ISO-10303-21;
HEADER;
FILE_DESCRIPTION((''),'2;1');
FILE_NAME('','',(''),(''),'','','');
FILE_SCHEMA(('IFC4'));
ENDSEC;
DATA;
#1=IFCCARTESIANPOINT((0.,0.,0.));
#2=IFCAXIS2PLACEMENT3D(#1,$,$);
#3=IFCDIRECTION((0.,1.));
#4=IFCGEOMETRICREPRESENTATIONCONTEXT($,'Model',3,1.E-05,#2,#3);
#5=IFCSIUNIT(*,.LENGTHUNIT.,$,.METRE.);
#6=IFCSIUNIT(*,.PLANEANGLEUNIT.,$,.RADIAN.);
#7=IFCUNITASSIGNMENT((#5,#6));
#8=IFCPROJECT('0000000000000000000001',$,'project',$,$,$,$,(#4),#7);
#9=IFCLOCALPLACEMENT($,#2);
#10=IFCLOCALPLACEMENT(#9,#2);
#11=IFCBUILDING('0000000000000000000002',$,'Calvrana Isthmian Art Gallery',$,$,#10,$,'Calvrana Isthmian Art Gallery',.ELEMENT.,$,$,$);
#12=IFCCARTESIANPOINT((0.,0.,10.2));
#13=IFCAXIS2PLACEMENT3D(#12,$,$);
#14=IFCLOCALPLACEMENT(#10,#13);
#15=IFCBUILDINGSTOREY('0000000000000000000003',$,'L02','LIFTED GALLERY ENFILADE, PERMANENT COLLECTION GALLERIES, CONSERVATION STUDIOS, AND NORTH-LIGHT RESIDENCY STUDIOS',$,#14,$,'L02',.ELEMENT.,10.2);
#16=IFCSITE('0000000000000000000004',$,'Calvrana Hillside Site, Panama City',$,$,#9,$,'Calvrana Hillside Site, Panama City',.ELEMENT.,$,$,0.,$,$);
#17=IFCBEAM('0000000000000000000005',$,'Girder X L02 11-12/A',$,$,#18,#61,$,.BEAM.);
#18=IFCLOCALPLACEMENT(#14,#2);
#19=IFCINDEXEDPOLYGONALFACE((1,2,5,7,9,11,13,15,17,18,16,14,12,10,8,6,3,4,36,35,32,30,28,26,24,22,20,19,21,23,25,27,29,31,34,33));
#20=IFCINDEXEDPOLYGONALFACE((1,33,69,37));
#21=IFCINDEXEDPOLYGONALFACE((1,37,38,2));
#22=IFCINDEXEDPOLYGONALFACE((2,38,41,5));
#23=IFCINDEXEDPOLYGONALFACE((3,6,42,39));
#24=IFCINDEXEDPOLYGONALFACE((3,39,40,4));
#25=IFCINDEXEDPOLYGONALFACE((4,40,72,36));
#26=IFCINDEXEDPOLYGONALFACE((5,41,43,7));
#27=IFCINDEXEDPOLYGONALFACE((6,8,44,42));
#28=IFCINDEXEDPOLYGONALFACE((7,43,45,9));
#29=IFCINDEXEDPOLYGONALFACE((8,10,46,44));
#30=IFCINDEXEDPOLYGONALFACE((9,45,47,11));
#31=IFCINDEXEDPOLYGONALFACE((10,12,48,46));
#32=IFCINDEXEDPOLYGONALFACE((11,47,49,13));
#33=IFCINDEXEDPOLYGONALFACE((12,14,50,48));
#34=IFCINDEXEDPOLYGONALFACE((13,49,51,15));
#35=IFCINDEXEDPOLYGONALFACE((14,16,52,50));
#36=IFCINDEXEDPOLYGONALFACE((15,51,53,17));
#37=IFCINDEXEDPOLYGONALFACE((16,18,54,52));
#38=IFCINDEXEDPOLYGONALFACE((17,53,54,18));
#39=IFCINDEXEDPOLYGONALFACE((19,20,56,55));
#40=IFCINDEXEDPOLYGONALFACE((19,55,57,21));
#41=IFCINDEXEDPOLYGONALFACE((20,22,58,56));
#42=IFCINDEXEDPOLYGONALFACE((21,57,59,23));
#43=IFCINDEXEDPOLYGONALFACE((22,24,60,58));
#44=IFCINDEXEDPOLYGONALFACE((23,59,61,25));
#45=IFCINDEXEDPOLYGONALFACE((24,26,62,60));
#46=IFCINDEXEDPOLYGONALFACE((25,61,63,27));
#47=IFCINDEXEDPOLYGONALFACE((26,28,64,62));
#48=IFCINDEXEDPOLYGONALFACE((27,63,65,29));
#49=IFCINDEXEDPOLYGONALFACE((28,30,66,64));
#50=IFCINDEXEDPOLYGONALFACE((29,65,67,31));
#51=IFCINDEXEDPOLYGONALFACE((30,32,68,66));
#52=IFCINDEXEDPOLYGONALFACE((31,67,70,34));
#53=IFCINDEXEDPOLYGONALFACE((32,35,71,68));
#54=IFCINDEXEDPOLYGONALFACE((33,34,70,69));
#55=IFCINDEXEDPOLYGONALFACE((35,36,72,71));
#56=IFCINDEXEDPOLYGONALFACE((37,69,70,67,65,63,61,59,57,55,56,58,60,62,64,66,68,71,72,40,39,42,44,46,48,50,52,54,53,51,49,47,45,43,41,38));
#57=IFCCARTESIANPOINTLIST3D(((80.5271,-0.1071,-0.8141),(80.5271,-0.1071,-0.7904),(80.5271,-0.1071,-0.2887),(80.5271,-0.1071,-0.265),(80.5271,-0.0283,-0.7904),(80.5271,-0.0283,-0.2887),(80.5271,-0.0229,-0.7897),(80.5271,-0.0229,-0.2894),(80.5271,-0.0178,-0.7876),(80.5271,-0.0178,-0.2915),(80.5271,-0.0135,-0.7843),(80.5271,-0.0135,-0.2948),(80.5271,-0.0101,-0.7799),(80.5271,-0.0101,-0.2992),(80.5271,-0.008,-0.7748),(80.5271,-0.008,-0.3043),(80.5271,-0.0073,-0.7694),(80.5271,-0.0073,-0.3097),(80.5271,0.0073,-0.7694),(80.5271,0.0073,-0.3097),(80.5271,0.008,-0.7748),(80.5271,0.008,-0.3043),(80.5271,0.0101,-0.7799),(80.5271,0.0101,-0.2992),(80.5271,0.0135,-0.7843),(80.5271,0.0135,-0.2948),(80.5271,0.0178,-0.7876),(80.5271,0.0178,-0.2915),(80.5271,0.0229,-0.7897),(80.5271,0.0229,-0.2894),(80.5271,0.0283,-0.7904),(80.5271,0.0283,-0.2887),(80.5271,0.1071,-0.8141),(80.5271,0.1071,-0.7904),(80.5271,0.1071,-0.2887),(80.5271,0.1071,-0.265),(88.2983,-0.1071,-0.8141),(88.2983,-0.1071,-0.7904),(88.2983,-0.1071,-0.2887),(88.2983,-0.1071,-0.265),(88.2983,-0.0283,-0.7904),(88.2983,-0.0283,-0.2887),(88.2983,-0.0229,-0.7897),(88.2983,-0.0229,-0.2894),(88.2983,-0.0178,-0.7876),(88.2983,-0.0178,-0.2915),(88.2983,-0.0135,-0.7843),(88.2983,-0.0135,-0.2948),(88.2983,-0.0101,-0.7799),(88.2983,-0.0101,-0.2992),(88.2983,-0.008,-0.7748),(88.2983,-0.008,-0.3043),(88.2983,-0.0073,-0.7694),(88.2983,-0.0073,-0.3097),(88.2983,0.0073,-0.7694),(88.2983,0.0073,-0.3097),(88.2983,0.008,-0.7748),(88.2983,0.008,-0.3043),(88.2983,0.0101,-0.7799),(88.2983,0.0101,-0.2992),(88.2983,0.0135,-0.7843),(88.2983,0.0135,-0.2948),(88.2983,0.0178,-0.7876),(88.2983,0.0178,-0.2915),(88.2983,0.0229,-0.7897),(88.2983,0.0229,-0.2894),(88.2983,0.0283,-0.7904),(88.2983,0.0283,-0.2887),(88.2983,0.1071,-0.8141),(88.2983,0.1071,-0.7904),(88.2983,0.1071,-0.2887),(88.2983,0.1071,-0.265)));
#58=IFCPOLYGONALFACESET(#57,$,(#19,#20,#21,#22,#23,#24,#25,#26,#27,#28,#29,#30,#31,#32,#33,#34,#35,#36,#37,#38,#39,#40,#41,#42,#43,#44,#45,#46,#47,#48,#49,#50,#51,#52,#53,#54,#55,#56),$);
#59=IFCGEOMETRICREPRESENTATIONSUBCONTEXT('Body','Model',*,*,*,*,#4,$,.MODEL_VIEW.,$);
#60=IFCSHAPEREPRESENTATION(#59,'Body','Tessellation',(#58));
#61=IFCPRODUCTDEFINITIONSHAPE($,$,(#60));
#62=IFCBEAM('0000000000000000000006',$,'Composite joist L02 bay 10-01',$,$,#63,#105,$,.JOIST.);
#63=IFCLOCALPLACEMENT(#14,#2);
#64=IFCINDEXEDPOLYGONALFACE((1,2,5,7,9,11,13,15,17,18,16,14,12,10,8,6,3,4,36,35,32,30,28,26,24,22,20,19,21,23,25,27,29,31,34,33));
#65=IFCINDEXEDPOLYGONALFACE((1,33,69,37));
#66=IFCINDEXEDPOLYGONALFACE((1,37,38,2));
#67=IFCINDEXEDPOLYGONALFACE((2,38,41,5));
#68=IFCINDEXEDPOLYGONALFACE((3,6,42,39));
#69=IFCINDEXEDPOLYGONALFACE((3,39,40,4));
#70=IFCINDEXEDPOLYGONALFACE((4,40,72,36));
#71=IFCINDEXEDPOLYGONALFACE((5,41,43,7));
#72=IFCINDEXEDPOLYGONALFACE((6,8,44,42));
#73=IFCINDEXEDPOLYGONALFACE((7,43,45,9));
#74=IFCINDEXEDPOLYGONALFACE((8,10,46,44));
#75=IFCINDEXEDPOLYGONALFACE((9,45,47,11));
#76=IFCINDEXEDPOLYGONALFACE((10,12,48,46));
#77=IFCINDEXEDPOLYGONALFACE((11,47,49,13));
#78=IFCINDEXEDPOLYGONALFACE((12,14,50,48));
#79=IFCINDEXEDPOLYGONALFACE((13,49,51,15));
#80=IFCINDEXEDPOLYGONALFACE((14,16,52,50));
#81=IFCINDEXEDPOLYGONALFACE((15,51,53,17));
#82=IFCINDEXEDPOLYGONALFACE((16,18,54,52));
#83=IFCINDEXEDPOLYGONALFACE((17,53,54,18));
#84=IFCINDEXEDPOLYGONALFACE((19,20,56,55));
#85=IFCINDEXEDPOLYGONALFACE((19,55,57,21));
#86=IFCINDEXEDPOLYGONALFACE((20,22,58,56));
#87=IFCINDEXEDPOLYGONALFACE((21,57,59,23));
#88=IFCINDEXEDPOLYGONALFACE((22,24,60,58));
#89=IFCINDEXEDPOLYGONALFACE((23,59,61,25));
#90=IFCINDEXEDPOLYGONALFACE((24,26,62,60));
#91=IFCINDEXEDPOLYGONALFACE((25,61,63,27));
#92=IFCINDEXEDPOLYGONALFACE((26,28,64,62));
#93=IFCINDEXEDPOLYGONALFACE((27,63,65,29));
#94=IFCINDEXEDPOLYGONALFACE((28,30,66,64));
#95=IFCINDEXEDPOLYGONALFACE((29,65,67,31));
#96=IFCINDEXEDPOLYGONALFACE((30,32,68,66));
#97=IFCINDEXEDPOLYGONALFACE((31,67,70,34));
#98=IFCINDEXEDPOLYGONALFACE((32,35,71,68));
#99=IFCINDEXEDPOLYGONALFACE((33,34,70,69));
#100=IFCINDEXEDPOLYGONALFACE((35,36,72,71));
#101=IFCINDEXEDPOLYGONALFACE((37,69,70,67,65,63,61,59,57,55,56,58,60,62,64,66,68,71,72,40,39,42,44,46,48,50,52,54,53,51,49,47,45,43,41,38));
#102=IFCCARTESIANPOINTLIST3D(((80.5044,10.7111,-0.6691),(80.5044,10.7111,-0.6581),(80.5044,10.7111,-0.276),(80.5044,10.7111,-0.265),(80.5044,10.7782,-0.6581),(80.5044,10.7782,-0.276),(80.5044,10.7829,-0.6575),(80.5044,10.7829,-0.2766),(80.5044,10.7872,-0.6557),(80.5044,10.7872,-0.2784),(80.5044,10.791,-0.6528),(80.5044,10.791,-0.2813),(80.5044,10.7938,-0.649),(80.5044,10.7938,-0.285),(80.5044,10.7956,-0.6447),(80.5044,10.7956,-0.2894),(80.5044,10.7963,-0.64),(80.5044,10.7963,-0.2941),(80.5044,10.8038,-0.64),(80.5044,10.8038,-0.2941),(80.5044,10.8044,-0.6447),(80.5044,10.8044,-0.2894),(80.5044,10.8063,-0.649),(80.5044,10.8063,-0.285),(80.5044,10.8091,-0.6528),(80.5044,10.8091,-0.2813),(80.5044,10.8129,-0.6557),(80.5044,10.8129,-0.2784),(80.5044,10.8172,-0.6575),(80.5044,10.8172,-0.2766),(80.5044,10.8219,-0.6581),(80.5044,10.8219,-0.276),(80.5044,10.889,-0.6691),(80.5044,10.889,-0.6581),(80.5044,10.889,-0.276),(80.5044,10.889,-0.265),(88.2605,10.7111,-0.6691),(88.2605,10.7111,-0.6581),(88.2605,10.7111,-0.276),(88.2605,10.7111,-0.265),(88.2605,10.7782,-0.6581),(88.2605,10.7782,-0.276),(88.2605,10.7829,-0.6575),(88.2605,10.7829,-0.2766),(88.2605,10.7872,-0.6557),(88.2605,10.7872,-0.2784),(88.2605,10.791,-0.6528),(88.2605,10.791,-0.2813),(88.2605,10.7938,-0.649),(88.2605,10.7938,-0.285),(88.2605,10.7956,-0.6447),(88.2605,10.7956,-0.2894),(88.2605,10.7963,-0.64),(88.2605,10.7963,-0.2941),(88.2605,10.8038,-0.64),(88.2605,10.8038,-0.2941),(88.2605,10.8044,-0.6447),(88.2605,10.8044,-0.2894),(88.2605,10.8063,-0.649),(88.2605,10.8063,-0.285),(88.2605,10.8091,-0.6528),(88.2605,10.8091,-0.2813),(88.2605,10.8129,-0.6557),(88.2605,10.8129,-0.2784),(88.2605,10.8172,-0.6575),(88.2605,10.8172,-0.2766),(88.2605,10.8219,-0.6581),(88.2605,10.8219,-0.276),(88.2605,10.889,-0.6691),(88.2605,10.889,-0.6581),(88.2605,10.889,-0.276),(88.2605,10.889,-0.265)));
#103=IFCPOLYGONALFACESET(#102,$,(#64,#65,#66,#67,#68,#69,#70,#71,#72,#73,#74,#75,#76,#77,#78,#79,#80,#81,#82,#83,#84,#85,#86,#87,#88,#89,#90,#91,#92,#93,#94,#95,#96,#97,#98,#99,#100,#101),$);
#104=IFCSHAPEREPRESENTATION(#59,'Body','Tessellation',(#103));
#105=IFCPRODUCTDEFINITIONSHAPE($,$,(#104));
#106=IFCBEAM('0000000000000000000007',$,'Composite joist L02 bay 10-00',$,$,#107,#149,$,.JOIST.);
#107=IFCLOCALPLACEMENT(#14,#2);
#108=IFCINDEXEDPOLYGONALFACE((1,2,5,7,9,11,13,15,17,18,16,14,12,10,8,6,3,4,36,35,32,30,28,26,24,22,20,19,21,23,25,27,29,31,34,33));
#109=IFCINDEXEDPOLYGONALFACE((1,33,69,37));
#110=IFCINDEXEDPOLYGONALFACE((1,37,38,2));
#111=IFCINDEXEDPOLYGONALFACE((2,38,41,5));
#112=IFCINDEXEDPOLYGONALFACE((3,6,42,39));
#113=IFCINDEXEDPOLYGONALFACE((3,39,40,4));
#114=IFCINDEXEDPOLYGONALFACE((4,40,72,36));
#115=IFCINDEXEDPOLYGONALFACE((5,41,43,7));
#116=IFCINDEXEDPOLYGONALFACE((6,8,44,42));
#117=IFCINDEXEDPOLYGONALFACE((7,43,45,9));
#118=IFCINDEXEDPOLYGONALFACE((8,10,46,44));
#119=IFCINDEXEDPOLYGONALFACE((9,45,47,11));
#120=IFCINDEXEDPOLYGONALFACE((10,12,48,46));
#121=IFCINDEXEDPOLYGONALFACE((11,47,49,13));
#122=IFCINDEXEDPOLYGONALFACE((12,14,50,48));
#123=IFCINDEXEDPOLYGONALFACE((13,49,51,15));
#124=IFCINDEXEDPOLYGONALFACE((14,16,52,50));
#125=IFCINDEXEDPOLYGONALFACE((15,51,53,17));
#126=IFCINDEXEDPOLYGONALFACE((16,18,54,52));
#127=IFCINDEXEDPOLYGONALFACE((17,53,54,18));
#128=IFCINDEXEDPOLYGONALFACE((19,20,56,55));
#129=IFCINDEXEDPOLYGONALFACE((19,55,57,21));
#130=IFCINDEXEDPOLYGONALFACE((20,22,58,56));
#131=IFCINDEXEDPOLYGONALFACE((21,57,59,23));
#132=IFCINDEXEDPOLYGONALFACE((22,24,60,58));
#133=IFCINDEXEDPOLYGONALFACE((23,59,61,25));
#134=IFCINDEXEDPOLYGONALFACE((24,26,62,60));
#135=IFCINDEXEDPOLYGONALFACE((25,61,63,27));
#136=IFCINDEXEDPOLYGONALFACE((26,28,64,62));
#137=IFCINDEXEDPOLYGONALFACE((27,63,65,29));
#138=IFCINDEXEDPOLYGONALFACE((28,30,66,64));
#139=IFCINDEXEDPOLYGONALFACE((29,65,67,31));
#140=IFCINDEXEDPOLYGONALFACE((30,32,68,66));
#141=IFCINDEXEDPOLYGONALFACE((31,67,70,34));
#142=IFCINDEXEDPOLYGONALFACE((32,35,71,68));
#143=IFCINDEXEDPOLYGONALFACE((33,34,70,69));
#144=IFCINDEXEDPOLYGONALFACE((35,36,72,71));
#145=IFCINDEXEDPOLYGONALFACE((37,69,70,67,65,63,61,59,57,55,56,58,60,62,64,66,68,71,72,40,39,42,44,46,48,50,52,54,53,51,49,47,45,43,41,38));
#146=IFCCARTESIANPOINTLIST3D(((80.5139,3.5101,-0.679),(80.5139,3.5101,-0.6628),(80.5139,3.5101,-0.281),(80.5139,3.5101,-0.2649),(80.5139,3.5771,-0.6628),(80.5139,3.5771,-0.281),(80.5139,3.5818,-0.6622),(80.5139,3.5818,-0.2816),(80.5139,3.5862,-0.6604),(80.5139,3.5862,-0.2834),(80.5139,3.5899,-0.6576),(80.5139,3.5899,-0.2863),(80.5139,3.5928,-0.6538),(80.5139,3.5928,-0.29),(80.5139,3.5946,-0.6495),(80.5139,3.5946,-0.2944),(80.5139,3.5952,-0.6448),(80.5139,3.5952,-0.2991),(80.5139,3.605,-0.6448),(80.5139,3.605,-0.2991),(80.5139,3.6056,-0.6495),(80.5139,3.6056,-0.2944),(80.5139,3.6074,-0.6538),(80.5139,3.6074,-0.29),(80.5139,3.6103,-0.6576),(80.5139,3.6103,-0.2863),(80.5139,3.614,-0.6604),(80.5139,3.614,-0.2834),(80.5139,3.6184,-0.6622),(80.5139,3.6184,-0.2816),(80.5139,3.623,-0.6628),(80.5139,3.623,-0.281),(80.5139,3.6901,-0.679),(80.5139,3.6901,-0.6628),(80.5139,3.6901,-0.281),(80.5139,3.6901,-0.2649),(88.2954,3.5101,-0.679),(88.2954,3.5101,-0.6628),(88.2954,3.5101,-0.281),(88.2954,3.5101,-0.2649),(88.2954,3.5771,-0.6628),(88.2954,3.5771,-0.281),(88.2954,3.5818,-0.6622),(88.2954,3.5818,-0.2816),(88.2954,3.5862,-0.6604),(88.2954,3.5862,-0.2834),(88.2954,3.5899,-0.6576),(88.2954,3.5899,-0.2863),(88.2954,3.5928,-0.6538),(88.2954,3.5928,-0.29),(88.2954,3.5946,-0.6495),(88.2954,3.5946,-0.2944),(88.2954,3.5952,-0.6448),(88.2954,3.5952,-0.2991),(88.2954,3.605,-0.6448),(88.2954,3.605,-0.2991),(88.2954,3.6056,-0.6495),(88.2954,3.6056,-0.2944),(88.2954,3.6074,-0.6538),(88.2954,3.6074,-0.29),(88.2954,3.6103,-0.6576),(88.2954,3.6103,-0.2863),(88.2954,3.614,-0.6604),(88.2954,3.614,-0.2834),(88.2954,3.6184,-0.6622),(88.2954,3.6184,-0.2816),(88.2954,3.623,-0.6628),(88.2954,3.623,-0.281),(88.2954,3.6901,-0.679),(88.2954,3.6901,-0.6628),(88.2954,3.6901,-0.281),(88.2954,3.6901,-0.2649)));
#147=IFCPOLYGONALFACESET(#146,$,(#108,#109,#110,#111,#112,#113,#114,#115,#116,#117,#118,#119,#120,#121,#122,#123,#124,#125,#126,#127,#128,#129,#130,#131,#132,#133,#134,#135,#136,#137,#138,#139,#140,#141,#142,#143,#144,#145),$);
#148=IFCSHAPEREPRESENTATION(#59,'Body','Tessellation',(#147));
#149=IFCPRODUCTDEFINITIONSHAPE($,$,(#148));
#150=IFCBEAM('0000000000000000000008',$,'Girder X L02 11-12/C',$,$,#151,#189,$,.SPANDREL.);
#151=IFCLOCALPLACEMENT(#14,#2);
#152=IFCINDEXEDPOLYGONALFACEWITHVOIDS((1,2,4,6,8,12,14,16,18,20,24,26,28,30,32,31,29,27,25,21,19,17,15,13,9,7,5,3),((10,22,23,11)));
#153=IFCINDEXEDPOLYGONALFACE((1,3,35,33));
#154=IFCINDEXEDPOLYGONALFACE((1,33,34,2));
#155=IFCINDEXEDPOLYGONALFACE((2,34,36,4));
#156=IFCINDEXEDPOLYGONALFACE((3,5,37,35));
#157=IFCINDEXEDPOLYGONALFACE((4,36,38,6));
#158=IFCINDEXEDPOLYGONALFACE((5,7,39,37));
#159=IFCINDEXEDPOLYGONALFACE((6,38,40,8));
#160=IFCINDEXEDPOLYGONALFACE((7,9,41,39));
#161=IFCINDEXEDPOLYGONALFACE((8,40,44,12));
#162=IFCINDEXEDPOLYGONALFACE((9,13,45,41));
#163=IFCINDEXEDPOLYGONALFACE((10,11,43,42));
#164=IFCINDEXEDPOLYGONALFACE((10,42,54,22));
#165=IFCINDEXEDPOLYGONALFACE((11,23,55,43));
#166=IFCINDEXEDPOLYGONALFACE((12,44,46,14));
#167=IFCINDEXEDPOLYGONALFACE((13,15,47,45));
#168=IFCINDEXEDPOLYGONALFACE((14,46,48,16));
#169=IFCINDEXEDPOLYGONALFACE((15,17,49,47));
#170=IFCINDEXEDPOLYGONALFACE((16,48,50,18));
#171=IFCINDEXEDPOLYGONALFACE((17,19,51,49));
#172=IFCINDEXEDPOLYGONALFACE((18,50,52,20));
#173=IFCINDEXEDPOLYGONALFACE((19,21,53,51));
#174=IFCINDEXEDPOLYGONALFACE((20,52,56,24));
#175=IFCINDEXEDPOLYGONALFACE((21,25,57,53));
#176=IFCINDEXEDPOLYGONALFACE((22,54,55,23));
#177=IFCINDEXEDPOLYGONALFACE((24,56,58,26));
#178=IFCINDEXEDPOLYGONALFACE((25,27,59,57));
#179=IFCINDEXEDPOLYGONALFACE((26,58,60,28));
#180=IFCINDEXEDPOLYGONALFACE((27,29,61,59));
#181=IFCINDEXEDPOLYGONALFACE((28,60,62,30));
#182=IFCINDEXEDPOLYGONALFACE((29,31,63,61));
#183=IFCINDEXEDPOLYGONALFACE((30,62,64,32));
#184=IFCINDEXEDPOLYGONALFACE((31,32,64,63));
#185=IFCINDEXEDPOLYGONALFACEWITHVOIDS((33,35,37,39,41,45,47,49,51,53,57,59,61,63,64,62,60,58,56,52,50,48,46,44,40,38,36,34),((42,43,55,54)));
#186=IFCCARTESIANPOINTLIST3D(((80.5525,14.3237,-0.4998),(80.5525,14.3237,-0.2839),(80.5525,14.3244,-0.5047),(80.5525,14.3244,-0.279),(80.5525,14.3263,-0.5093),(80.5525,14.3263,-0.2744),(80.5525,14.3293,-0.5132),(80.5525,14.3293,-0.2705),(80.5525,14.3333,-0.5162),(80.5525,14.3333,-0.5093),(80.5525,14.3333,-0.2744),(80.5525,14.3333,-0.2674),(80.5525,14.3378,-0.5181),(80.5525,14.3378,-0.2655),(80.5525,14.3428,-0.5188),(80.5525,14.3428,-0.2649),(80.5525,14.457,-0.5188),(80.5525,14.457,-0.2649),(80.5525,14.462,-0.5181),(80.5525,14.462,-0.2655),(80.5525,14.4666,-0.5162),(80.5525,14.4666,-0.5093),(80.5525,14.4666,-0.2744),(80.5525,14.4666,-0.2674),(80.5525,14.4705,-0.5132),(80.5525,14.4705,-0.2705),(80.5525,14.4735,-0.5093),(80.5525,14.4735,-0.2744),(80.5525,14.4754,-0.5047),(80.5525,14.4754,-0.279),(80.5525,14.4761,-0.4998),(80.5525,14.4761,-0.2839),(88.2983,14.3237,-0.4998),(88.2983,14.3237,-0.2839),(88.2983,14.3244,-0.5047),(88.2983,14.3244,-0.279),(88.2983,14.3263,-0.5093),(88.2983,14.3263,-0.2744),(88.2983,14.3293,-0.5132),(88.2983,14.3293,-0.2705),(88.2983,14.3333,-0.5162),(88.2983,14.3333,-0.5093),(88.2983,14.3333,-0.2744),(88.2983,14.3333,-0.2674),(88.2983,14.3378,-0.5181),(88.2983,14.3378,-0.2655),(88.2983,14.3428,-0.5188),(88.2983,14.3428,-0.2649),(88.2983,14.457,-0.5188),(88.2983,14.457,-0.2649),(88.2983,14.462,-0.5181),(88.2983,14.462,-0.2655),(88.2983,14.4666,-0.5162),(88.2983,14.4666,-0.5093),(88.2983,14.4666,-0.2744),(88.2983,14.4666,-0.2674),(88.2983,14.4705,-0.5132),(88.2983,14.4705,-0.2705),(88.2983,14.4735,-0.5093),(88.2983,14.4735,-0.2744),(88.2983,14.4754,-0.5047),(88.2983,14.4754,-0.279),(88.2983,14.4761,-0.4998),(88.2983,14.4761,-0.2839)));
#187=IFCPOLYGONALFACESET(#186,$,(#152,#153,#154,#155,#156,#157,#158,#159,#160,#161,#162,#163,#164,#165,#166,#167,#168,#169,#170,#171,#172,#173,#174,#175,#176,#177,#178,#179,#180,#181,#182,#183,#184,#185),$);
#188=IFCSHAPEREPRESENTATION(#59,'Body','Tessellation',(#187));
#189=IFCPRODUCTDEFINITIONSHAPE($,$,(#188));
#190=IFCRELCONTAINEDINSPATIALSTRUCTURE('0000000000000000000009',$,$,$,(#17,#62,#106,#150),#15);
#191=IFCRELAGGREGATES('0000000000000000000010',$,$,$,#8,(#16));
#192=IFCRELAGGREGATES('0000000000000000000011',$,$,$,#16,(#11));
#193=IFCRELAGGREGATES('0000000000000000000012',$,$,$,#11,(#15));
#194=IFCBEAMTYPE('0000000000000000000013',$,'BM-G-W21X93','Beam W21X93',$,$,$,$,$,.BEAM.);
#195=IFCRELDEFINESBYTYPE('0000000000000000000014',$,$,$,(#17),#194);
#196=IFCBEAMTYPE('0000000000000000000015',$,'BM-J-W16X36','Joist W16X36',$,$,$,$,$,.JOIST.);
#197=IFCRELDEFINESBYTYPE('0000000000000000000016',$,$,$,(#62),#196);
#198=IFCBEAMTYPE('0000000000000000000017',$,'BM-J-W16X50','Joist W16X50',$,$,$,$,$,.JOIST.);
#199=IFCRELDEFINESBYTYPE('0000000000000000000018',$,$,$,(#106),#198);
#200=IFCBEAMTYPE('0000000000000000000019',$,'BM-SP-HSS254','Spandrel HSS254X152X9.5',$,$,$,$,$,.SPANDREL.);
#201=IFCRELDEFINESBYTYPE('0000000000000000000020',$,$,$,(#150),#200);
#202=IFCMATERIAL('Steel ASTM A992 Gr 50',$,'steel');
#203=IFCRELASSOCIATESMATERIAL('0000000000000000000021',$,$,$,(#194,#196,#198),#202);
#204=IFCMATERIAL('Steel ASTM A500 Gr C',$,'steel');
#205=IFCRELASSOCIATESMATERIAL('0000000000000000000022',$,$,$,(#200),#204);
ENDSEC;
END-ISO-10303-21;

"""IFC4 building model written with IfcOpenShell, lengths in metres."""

from ifc_helpers import new_model, si_unit, direction, frame, origin, origin_2d, place, context, subcontext, project, spatial, hollow_rectangle, i_section, extrude, material, material_profile, profile_set, type_object, element, save


model = new_model("IFC4")

# Units and contexts
model_context = context("Model", 3, precision=1e-05, world=origin(), true_north=direction((0.0, 1.0)))
body_context = subcontext(model_context, "Body", "Model", "MODEL_VIEW")
ifc_project = project(units=[si_unit("LENGTHUNIT", "METRE"), si_unit("PLANEANGLEUNIT", "RADIAN")], contexts=[model_context])

# Site, building, storey
site_placement = place(None, origin())
site = spatial("IfcSite", under=ifc_project, at=site_placement, Name="Calvrana Hillside Site, Panama City", LongName="Calvrana Hillside Site, Panama City", CompositionType="ELEMENT", RefElevation=0.0)
building_placement = place(site_placement, origin())
building = spatial("IfcBuilding", under=site, at=building_placement, Name="Calvrana Isthmian Art Gallery", LongName="Calvrana Isthmian Art Gallery", CompositionType="ELEMENT")
storey_placement = place(building_placement, frame((0.0, 0.0, 10.2)))
storey = spatial("IfcBuildingStorey", under=building, at=storey_placement, Name="L02", Description="LIFTED GALLERY ENFILADE, PERMANENT COLLECTION GALLERIES, CONSERVATION STUDIOS, AND NORTH-LIGHT RESIDENCY STUDIOS", LongName="L02", CompositionType="ELEMENT", Elevation=10.2)

# Beams
ifc_material_1 = material(Name="Steel ASTM A992 Gr 50", Category="steel")
ifc_material_profile_1 = material_profile(ifc_material_1, i_section(OverallWidth=0.2141, OverallDepth=0.5491, WebThickness=0.0146, FlangeThickness=0.0237, FilletRadius=0.021, at=origin_2d()), Name="W21X93")
ifc_profile_set_1 = profile_set([ifc_material_profile_1], Name="Steel ASTM A992 Gr 50")
beam_type_1 = type_object("IfcBeamType", Name="BM-G-W21X93", Description="Beam W21X93", PredefinedType="BEAM", material=ifc_profile_set_1)
beam_1_placement = place(storey_placement, frame((80.5271, 0.0, -0.5396), z_axis=(1.0, 0.0, 0.0), x_axis=(0.0, 1.0, 0.0)))
element("IfcBeam", 1, at=beam_1_placement, inside=storey, type_object=beam_type_1, Name="Girder X L02 11-12/A", PredefinedType="BEAM", context=body_context, shape_type="SweptSolid", body=[
    extrude(i_section(OverallWidth=0.2141, OverallDepth=0.5491, WebThickness=0.0146, FlangeThickness=0.0237, FilletRadius=0.021, at=origin_2d()), origin(), (0.0, 0.0, 1.0), 7.7712),
])
ifc_material_profile_2 = material_profile(ifc_material_1, i_section(OverallWidth=0.178, OverallDepth=0.4041, WebThickness=0.0076, FlangeThickness=0.011, FilletRadius=0.0181, at=origin_2d()), Name="W16X36")
ifc_profile_set_2 = profile_set([ifc_material_profile_2], Name="Steel ASTM A992 Gr 50")
beam_type_2 = type_object("IfcBeamType", Name="BM-J-W16X36", Description="Joist W16X36", PredefinedType="JOIST", material=ifc_profile_set_2)
beam_2_placement = place(storey_placement, frame((80.5044, 10.8, -0.467), z_axis=(1.0, 0.0, 0.0), x_axis=(0.0, 1.0, 0.0)))
element("IfcBeam", 2, at=beam_2_placement, inside=storey, type_object=beam_type_2, Name="Composite joist L02 bay 10-01", PredefinedType="JOIST", context=body_context, shape_type="SweptSolid", body=[
    extrude(i_section(OverallWidth=0.178, OverallDepth=0.4041, WebThickness=0.0076, FlangeThickness=0.011, FilletRadius=0.0181, at=origin_2d()), origin(), (0.0, 0.0, 1.0), 7.7561),
])
ifc_material_profile_3 = material_profile(ifc_material_1, i_section(OverallWidth=0.1799, OverallDepth=0.4141, WebThickness=0.0098, FlangeThickness=0.0161, FilletRadius=0.0181, at=origin_2d()), Name="W16X50")
ifc_profile_set_3 = profile_set([ifc_material_profile_3], Name="Steel ASTM A992 Gr 50")
beam_type_3 = type_object("IfcBeamType", Name="BM-J-W16X50", Description="Joist W16X50", PredefinedType="JOIST", material=ifc_profile_set_3)
beam_3_placement = place(storey_placement, frame((80.5139, 3.6001, -0.4719), z_axis=(1.0, 0.0, 0.0), x_axis=(0.0, 1.0, 0.0)))
element("IfcBeam", 3, at=beam_3_placement, inside=storey, type_object=beam_type_3, Name="Composite joist L02 bay 10-00", PredefinedType="JOIST", context=body_context, shape_type="SweptSolid", body=[
    extrude(i_section(OverallWidth=0.1799, OverallDepth=0.4141, WebThickness=0.0098, FlangeThickness=0.0161, FilletRadius=0.0181, at=origin_2d()), origin(), (0.0, 0.0, 1.0), 7.7815),
])
ifc_material_2 = material(Name="Steel ASTM A500 Gr C", Category="steel")
ifc_material_profile_4 = material_profile(ifc_material_2, hollow_rectangle(XDim=0.1523, YDim=0.2539, WallThickness=0.0095, OuterFilletRadius=0.019, at=origin_2d()), Name="HSS254X152X9.5")
ifc_profile_set_4 = profile_set([ifc_material_profile_4], Name="Steel ASTM A500 Gr C")
beam_type_4 = type_object("IfcBeamType", Name="BM-SP-HSS254", Description="Spandrel HSS254X152X9.5", PredefinedType="SPANDREL", material=ifc_profile_set_4)
beam_4_placement = place(storey_placement, frame((80.5525, 14.3999, -0.3918), z_axis=(1.0, 0.0, 0.0), x_axis=(0.0, 1.0, 0.0)))
element("IfcBeam", 4, at=beam_4_placement, inside=storey, type_object=beam_type_4, Name="Girder X L02 11-12/C", PredefinedType="SPANDREL", context=body_context, shape_type="SweptSolid", body=[
    extrude(hollow_rectangle(XDim=0.1523, YDim=0.2539, WallThickness=0.0095, OuterFilletRadius=0.019, at=origin_2d()), origin(), (0.0, 0.0, 1.0), 7.7458),
])

save(model, "model.ifc")
